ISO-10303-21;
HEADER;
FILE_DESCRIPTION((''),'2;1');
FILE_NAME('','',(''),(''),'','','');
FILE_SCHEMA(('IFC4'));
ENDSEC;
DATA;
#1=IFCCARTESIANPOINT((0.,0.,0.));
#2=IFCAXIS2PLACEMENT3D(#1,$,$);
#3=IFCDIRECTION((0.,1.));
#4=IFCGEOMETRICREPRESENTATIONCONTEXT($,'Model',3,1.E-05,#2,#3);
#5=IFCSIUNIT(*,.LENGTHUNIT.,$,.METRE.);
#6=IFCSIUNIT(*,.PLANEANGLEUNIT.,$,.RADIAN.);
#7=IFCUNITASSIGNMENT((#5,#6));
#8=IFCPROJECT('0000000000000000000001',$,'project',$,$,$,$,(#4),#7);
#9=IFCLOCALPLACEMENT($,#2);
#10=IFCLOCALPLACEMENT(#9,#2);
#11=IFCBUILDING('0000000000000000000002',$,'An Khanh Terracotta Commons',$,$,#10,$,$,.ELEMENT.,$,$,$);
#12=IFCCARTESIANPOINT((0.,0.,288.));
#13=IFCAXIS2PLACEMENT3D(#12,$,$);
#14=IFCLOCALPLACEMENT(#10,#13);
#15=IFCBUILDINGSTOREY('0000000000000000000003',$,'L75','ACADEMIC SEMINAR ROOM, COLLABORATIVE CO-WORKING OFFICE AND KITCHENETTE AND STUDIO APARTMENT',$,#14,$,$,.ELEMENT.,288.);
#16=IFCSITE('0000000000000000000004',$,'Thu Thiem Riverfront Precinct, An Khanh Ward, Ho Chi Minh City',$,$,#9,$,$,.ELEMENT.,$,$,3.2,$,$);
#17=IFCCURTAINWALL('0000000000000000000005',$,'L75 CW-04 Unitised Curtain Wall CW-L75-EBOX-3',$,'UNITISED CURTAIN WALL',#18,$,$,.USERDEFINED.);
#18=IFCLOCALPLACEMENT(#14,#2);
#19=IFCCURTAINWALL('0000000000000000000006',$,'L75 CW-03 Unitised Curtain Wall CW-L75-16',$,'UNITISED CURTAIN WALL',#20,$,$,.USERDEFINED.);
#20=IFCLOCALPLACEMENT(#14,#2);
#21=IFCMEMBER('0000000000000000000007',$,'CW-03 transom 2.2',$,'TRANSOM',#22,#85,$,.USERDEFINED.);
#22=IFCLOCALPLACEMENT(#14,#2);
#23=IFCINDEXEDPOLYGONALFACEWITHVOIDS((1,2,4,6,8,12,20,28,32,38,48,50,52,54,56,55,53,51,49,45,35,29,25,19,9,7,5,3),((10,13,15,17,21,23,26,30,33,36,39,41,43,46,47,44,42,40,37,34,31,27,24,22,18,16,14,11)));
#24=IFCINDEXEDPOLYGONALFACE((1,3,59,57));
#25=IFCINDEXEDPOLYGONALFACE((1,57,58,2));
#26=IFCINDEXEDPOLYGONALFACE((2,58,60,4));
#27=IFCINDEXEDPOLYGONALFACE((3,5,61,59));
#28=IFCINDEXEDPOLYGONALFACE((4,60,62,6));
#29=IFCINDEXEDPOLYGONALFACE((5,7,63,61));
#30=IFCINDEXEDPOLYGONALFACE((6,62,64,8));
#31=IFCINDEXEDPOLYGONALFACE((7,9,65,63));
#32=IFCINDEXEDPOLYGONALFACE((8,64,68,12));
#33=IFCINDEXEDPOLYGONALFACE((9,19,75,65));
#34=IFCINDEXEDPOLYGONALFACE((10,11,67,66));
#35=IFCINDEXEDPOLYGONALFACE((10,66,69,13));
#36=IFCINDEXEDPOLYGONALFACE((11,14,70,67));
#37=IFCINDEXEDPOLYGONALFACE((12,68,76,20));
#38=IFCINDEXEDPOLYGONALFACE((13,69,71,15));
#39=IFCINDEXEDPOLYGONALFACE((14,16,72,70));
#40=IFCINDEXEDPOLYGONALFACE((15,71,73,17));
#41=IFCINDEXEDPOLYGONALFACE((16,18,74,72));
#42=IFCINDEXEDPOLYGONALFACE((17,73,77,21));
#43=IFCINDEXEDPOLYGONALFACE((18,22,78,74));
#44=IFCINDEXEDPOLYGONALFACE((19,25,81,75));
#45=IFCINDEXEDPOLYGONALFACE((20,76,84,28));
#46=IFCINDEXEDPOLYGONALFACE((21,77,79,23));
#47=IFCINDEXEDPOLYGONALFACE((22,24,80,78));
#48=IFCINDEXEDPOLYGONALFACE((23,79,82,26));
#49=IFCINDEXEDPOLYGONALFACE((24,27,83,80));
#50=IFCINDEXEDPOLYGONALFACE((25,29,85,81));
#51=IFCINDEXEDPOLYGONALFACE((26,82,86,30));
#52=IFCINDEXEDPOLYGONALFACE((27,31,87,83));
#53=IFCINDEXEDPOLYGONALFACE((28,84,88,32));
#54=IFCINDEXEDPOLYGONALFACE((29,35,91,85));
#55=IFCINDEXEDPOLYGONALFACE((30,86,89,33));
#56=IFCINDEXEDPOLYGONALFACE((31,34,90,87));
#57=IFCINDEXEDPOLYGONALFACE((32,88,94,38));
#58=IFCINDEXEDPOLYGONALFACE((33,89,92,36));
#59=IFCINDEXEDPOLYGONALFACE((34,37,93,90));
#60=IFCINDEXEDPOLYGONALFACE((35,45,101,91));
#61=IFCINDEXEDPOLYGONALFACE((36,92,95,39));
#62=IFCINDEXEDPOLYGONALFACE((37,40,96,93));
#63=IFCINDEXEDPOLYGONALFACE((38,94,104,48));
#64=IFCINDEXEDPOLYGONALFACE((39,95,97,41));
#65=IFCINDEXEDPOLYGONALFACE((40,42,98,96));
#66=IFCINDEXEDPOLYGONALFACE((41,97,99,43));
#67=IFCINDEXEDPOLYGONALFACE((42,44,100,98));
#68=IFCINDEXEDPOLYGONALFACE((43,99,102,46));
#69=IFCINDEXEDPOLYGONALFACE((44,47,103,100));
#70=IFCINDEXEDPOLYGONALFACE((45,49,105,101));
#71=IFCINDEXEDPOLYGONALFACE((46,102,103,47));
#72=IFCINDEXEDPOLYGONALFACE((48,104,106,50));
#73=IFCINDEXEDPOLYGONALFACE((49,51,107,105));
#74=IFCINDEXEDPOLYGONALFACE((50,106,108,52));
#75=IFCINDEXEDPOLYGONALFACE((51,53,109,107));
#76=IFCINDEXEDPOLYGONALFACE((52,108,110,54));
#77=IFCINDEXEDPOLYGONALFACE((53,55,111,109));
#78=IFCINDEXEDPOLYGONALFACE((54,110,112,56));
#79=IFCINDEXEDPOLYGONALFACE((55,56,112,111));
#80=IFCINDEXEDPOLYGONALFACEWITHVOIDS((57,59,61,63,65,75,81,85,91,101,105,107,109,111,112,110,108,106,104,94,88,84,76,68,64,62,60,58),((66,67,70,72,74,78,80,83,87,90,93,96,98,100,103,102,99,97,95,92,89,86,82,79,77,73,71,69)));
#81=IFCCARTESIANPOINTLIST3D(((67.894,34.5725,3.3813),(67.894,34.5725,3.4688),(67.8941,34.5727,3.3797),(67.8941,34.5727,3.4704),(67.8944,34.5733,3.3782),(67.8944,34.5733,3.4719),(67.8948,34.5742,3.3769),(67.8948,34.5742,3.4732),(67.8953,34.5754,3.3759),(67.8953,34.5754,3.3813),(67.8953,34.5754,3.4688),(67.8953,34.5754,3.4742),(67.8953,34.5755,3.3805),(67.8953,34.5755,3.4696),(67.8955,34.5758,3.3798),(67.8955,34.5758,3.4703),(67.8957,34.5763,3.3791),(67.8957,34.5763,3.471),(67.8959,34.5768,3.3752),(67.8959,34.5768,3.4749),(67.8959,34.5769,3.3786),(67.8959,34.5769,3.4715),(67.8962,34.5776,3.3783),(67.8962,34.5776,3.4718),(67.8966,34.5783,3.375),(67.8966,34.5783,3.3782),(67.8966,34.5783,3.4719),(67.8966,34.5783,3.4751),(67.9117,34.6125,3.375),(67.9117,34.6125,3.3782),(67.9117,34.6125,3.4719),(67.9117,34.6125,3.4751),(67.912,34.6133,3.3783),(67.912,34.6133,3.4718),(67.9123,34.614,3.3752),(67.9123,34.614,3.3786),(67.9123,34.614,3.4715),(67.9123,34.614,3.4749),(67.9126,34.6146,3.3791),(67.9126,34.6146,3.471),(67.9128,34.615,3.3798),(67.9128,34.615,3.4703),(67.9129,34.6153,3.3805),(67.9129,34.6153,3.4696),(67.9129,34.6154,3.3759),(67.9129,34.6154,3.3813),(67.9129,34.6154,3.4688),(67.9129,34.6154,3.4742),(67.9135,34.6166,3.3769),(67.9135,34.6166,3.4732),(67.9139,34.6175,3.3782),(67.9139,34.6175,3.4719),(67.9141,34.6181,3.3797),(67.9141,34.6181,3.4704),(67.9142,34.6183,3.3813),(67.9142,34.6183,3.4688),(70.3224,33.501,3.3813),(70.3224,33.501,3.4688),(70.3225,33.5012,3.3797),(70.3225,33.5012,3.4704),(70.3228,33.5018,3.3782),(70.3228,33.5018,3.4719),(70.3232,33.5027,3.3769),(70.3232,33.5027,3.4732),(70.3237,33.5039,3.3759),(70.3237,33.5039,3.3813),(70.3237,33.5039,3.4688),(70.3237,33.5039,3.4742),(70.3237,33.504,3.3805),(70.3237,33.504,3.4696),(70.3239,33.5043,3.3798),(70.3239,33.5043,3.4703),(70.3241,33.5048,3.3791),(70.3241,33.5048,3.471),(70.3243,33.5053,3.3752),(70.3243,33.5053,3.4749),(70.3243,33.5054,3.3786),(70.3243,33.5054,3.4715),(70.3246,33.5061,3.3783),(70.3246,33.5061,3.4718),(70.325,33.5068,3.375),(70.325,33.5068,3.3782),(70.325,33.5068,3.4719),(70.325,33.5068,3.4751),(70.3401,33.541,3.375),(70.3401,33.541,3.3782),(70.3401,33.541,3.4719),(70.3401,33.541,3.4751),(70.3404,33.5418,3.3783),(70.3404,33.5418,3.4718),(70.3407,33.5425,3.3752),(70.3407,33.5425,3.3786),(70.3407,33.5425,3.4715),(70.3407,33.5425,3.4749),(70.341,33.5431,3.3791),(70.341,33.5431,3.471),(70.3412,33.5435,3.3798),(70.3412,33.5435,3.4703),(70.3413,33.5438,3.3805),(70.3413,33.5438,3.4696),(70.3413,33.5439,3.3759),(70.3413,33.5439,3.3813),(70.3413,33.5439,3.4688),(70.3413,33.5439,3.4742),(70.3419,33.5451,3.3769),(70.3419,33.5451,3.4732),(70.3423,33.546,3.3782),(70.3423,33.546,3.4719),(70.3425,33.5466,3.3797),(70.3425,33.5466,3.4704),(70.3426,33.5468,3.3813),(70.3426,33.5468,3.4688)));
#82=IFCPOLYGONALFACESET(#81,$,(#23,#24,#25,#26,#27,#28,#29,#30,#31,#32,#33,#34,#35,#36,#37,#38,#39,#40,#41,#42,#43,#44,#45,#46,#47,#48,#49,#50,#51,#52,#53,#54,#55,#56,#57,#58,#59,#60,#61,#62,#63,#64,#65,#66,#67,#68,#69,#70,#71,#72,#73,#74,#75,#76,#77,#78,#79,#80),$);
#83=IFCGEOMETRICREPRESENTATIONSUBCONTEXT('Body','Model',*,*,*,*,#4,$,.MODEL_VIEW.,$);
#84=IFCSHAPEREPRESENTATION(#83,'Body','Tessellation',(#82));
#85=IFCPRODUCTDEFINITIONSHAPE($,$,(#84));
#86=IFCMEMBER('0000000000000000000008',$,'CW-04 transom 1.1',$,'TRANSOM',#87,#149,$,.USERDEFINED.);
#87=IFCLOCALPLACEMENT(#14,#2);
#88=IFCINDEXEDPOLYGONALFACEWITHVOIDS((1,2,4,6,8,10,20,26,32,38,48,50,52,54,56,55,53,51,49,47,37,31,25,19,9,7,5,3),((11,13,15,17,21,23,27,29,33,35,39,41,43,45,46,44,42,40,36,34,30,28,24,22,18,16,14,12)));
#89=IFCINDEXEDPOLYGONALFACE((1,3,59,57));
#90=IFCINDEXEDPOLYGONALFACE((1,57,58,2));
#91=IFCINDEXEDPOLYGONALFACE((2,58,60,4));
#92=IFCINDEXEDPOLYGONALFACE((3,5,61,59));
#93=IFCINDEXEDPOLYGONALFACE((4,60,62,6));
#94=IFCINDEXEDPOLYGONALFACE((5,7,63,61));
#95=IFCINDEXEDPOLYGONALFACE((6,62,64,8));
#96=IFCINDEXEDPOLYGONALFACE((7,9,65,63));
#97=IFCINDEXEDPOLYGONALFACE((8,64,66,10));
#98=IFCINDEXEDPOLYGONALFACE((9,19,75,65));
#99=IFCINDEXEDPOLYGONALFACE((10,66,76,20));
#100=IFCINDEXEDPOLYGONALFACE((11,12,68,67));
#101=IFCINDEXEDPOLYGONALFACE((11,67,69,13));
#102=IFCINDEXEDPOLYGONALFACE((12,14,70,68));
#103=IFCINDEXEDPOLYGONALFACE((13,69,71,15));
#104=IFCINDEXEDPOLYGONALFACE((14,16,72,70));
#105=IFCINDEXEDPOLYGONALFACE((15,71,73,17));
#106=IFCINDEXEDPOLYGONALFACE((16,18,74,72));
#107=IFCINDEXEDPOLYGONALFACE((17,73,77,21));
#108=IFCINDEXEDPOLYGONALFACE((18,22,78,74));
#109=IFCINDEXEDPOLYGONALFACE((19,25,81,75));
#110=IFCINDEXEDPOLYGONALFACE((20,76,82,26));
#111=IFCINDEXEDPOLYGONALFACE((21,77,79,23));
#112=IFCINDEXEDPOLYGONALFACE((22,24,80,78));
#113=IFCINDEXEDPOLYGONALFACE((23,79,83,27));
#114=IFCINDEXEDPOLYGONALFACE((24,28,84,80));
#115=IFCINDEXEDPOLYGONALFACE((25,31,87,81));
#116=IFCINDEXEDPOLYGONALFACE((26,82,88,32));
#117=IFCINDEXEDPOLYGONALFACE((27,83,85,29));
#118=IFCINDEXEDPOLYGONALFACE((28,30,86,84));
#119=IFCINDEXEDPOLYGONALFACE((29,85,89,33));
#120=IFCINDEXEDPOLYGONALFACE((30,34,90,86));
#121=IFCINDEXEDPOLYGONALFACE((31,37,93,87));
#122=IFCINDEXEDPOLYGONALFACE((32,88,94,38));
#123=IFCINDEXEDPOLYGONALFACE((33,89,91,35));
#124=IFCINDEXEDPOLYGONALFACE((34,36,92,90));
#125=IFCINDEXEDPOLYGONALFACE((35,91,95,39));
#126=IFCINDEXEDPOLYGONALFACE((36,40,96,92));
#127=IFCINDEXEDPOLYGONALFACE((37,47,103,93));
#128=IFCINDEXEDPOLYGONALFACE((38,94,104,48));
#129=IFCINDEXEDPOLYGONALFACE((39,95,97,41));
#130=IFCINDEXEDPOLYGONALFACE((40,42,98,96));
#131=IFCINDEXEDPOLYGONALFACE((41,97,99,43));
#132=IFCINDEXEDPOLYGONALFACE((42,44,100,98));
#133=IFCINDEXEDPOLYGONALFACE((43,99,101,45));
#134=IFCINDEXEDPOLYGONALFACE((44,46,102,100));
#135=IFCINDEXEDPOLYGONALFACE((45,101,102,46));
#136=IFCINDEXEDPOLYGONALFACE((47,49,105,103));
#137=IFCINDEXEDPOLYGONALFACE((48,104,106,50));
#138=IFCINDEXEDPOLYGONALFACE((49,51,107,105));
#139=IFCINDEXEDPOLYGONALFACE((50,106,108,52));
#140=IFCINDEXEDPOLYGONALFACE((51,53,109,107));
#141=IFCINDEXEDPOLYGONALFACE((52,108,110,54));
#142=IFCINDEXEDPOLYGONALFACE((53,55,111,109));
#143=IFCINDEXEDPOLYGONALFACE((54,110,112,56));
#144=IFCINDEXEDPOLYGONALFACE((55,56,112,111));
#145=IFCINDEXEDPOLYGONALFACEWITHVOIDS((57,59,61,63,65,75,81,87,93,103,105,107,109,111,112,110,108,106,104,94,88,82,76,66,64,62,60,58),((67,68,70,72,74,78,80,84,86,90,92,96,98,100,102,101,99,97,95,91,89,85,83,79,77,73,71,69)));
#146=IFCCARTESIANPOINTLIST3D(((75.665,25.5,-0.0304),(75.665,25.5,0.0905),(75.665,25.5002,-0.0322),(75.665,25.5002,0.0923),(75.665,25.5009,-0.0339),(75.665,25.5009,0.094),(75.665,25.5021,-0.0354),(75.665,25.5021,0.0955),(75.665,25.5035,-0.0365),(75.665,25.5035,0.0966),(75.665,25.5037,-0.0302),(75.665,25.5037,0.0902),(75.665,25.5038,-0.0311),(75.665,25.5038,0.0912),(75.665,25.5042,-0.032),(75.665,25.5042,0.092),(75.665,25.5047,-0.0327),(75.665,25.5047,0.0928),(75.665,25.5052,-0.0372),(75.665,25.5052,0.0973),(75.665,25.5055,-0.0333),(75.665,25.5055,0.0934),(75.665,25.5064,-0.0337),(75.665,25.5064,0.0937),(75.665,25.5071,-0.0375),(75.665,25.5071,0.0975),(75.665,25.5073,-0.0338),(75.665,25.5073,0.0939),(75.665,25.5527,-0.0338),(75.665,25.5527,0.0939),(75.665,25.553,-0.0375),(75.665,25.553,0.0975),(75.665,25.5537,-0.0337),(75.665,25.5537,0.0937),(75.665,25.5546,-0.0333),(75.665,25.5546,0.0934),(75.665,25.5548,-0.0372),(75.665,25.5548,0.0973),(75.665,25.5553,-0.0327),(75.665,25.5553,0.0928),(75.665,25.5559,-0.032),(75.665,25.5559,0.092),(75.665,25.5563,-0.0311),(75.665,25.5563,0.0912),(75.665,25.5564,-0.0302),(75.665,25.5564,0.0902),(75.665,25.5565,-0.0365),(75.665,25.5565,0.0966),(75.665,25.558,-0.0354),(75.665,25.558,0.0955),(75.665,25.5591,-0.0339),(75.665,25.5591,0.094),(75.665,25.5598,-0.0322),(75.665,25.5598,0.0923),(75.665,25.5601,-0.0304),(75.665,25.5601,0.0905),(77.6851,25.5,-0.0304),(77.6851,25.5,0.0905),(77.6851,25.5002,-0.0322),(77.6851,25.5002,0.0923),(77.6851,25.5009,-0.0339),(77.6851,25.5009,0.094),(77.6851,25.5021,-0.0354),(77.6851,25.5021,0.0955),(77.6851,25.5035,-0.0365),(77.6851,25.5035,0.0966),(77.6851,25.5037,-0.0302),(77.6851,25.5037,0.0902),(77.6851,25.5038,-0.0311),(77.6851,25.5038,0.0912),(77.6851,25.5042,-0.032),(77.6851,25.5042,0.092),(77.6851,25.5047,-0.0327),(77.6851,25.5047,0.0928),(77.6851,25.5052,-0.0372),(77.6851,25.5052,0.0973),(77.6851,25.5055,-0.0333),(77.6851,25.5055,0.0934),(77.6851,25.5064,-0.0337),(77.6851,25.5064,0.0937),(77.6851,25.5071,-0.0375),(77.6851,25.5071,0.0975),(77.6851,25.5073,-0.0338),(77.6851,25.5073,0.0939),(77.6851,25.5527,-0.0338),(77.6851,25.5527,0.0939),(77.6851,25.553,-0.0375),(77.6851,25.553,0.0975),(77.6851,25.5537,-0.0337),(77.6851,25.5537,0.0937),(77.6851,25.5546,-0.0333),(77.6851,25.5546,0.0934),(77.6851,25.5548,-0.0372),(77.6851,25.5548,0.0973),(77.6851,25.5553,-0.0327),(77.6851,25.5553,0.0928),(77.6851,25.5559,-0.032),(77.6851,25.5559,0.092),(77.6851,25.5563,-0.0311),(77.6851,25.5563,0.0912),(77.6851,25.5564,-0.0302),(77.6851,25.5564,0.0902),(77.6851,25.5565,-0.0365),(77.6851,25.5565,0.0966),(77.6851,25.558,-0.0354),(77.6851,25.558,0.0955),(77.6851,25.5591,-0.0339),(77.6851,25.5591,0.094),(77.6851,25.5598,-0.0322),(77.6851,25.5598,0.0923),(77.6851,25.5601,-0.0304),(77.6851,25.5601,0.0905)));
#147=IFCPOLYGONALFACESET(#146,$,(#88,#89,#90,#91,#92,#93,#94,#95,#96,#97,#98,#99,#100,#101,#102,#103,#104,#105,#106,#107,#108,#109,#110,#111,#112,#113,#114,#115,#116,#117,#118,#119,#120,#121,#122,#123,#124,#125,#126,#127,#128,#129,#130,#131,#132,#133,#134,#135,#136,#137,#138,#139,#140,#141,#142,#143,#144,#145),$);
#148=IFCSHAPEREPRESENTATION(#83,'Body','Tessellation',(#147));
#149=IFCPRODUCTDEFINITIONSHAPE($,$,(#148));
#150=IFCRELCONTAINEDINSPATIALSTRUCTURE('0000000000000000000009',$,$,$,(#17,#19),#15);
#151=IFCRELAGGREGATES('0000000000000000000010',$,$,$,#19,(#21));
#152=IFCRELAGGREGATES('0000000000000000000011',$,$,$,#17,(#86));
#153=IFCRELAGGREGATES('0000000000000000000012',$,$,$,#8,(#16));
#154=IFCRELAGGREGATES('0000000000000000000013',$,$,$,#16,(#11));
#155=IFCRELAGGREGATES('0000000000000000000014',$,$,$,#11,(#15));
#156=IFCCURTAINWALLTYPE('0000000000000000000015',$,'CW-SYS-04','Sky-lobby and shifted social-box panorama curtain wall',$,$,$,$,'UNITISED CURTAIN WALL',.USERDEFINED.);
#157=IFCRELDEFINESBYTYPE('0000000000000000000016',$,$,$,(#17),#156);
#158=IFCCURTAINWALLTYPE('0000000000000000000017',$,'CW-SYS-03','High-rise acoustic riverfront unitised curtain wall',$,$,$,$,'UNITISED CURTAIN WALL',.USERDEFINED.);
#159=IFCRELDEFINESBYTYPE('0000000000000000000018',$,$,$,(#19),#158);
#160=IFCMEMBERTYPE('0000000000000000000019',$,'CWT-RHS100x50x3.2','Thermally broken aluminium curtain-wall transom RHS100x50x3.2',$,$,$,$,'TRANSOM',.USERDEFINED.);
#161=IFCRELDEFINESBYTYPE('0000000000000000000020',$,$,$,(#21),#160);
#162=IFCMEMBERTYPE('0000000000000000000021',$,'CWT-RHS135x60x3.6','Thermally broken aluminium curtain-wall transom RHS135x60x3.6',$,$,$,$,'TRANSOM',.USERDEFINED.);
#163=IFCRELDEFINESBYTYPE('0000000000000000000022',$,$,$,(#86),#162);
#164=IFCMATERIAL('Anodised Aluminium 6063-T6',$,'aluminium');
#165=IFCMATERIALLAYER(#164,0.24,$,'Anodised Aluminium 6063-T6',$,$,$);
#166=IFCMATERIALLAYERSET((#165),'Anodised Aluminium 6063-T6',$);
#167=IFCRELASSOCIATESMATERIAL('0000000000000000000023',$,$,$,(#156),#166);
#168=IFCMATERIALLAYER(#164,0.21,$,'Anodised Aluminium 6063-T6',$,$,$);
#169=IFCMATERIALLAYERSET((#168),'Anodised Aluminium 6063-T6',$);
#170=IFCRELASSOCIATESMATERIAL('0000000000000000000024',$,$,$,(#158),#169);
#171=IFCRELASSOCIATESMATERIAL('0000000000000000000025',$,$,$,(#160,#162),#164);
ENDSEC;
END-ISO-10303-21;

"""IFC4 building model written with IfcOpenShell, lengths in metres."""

from ifc_helpers import new_model, si_unit, direction, frame, origin, origin_2d, place, context, subcontext, project, spatial, hollow_rectangle, extrude, material, layer, layer_set, material_profile, profile_set, type_object, element, aggregate, save


model = new_model("IFC4")

# Units and contexts
model_context = context("Model", 3, precision=1e-05, world=origin(), true_north=direction((0.0, 1.0)))
body_context = subcontext(model_context, "Body", "Model", "MODEL_VIEW")
ifc_project = project(units=[si_unit("LENGTHUNIT", "METRE"), si_unit("PLANEANGLEUNIT", "RADIAN")], contexts=[model_context])

# Site, building, storey
site_placement = place(None, origin())
site = spatial("IfcSite", under=ifc_project, at=site_placement, Name="Thu Thiem Riverfront Precinct, An Khanh Ward, Ho Chi Minh City", CompositionType="ELEMENT", RefElevation=3.2)
building_placement = place(site_placement, origin())
building = spatial("IfcBuilding", under=site, at=building_placement, Name="An Khanh Terracotta Commons", CompositionType="ELEMENT")
storey_placement = place(building_placement, frame((0.0, 0.0, 288.0)))
storey = spatial("IfcBuildingStorey", under=building, at=storey_placement, Name="L75", Description="ACADEMIC SEMINAR ROOM, COLLABORATIVE CO-WORKING OFFICE AND KITCHENETTE AND STUDIO APARTMENT", CompositionType="ELEMENT", Elevation=288.0)

# Shared definitions
ifc_material_1 = material(Name="Anodised Aluminium 6063-T6", Category="aluminium")
ifc_layer_1 = layer(ifc_material_1, 0.24, Name="Anodised Aluminium 6063-T6")
ifc_layer_set_1 = layer_set([ifc_layer_1], Name="Anodised Aluminium 6063-T6")
curtain_wall_type_1 = type_object("IfcCurtainWallType", Name="CW-SYS-04", Description="Sky-lobby and shifted social-box panorama curtain wall", ElementType="UNITISED CURTAIN WALL", PredefinedType="USERDEFINED", material=ifc_layer_set_1)

# Curtain walls, member
curtain_wall_1_placement = place(storey_placement, origin())
curtain_wall_1 = element("IfcCurtainWall", 1, at=curtain_wall_1_placement, inside=storey, type_object=curtain_wall_type_1, Name="L75 CW-04 Unitised Curtain Wall CW-L75-EBOX-3", ObjectType="UNITISED CURTAIN WALL", PredefinedType="USERDEFINED")
ifc_layer_2 = layer(ifc_material_1, 0.21, Name="Anodised Aluminium 6063-T6")
ifc_layer_set_2 = layer_set([ifc_layer_2], Name="Anodised Aluminium 6063-T6")
curtain_wall_type_2 = type_object("IfcCurtainWallType", Name="CW-SYS-03", Description="High-rise acoustic riverfront unitised curtain wall", ElementType="UNITISED CURTAIN WALL", PredefinedType="USERDEFINED", material=ifc_layer_set_2)
curtain_wall_2_placement = place(storey_placement, origin())
curtain_wall_2 = element("IfcCurtainWall", 2, at=curtain_wall_2_placement, inside=storey, type_object=curtain_wall_type_2, Name="L75 CW-03 Unitised Curtain Wall CW-L75-16", ObjectType="UNITISED CURTAIN WALL", PredefinedType="USERDEFINED")
ifc_material_profile_1 = material_profile(ifc_material_1, hollow_rectangle(XDim=0.05, YDim=0.1001, WallThickness=0.0032, InnerFilletRadius=0.0032, OuterFilletRadius=0.0063, at=origin_2d()), Name="RHS100x50x3.2")
ifc_profile_set_1 = profile_set([ifc_material_profile_1], Name="Anodised Aluminium 6063-T6")
member_type_1 = type_object("IfcMemberType", Name="CWT-RHS100x50x3.2", Description="Thermally broken aluminium curtain-wall transom RHS100x50x3.2", ElementType="TRANSOM", PredefinedType="USERDEFINED", material=ifc_profile_set_1)
member_1_placement = place(storey_placement, frame((70.3325, 33.5239, 3.425), z_axis=(-0.914897, 0.403688, 0.0), x_axis=(-0.403688, -0.914897, 0.0)))
member_1 = element("IfcMember", 3, at=member_1_placement, type_object=member_type_1, Name="CW-03 transom 2.2", ObjectType="TRANSOM", PredefinedType="USERDEFINED", context=body_context, shape_type="SweptSolid", body=[
    extrude(hollow_rectangle(XDim=0.05, YDim=0.1001, WallThickness=0.0032, InnerFilletRadius=0.0032, OuterFilletRadius=0.0063, at=origin_2d()), origin(), (0.0, 0.0, 1.0), 2.6543),
])

# Member
ifc_material_profile_2 = material_profile(ifc_material_1, hollow_rectangle(XDim=0.0601, YDim=0.135, WallThickness=0.0037, InnerFilletRadius=0.0037, OuterFilletRadius=0.0071, at=origin_2d()), Name="RHS135x60x3.6")
ifc_profile_set_2 = profile_set([ifc_material_profile_2], Name="Anodised Aluminium 6063-T6")
member_type_2 = type_object("IfcMemberType", Name="CWT-RHS135x60x3.6", Description="Thermally broken aluminium curtain-wall transom RHS135x60x3.6", ElementType="TRANSOM", PredefinedType="USERDEFINED", material=ifc_profile_set_2)
member_2_placement = place(storey_placement, frame((77.6851, 25.53, 0.03), z_axis=(-1.0, 0.0, 0.0), x_axis=(0.0, -1.0, 0.0)))
member_2 = element("IfcMember", 4, at=member_2_placement, type_object=member_type_2, Name="CW-04 transom 1.1", ObjectType="TRANSOM", PredefinedType="USERDEFINED", context=body_context, shape_type="SweptSolid", body=[
    extrude(hollow_rectangle(XDim=0.0601, YDim=0.135, WallThickness=0.0037, InnerFilletRadius=0.0037, OuterFilletRadius=0.0071, at=origin_2d()), origin(), (0.0, 0.0, 1.0), 2.02),
])

aggregate(curtain_wall_2, [member_1])
aggregate(curtain_wall_1, [member_2])

save(model, "model.ifc")
